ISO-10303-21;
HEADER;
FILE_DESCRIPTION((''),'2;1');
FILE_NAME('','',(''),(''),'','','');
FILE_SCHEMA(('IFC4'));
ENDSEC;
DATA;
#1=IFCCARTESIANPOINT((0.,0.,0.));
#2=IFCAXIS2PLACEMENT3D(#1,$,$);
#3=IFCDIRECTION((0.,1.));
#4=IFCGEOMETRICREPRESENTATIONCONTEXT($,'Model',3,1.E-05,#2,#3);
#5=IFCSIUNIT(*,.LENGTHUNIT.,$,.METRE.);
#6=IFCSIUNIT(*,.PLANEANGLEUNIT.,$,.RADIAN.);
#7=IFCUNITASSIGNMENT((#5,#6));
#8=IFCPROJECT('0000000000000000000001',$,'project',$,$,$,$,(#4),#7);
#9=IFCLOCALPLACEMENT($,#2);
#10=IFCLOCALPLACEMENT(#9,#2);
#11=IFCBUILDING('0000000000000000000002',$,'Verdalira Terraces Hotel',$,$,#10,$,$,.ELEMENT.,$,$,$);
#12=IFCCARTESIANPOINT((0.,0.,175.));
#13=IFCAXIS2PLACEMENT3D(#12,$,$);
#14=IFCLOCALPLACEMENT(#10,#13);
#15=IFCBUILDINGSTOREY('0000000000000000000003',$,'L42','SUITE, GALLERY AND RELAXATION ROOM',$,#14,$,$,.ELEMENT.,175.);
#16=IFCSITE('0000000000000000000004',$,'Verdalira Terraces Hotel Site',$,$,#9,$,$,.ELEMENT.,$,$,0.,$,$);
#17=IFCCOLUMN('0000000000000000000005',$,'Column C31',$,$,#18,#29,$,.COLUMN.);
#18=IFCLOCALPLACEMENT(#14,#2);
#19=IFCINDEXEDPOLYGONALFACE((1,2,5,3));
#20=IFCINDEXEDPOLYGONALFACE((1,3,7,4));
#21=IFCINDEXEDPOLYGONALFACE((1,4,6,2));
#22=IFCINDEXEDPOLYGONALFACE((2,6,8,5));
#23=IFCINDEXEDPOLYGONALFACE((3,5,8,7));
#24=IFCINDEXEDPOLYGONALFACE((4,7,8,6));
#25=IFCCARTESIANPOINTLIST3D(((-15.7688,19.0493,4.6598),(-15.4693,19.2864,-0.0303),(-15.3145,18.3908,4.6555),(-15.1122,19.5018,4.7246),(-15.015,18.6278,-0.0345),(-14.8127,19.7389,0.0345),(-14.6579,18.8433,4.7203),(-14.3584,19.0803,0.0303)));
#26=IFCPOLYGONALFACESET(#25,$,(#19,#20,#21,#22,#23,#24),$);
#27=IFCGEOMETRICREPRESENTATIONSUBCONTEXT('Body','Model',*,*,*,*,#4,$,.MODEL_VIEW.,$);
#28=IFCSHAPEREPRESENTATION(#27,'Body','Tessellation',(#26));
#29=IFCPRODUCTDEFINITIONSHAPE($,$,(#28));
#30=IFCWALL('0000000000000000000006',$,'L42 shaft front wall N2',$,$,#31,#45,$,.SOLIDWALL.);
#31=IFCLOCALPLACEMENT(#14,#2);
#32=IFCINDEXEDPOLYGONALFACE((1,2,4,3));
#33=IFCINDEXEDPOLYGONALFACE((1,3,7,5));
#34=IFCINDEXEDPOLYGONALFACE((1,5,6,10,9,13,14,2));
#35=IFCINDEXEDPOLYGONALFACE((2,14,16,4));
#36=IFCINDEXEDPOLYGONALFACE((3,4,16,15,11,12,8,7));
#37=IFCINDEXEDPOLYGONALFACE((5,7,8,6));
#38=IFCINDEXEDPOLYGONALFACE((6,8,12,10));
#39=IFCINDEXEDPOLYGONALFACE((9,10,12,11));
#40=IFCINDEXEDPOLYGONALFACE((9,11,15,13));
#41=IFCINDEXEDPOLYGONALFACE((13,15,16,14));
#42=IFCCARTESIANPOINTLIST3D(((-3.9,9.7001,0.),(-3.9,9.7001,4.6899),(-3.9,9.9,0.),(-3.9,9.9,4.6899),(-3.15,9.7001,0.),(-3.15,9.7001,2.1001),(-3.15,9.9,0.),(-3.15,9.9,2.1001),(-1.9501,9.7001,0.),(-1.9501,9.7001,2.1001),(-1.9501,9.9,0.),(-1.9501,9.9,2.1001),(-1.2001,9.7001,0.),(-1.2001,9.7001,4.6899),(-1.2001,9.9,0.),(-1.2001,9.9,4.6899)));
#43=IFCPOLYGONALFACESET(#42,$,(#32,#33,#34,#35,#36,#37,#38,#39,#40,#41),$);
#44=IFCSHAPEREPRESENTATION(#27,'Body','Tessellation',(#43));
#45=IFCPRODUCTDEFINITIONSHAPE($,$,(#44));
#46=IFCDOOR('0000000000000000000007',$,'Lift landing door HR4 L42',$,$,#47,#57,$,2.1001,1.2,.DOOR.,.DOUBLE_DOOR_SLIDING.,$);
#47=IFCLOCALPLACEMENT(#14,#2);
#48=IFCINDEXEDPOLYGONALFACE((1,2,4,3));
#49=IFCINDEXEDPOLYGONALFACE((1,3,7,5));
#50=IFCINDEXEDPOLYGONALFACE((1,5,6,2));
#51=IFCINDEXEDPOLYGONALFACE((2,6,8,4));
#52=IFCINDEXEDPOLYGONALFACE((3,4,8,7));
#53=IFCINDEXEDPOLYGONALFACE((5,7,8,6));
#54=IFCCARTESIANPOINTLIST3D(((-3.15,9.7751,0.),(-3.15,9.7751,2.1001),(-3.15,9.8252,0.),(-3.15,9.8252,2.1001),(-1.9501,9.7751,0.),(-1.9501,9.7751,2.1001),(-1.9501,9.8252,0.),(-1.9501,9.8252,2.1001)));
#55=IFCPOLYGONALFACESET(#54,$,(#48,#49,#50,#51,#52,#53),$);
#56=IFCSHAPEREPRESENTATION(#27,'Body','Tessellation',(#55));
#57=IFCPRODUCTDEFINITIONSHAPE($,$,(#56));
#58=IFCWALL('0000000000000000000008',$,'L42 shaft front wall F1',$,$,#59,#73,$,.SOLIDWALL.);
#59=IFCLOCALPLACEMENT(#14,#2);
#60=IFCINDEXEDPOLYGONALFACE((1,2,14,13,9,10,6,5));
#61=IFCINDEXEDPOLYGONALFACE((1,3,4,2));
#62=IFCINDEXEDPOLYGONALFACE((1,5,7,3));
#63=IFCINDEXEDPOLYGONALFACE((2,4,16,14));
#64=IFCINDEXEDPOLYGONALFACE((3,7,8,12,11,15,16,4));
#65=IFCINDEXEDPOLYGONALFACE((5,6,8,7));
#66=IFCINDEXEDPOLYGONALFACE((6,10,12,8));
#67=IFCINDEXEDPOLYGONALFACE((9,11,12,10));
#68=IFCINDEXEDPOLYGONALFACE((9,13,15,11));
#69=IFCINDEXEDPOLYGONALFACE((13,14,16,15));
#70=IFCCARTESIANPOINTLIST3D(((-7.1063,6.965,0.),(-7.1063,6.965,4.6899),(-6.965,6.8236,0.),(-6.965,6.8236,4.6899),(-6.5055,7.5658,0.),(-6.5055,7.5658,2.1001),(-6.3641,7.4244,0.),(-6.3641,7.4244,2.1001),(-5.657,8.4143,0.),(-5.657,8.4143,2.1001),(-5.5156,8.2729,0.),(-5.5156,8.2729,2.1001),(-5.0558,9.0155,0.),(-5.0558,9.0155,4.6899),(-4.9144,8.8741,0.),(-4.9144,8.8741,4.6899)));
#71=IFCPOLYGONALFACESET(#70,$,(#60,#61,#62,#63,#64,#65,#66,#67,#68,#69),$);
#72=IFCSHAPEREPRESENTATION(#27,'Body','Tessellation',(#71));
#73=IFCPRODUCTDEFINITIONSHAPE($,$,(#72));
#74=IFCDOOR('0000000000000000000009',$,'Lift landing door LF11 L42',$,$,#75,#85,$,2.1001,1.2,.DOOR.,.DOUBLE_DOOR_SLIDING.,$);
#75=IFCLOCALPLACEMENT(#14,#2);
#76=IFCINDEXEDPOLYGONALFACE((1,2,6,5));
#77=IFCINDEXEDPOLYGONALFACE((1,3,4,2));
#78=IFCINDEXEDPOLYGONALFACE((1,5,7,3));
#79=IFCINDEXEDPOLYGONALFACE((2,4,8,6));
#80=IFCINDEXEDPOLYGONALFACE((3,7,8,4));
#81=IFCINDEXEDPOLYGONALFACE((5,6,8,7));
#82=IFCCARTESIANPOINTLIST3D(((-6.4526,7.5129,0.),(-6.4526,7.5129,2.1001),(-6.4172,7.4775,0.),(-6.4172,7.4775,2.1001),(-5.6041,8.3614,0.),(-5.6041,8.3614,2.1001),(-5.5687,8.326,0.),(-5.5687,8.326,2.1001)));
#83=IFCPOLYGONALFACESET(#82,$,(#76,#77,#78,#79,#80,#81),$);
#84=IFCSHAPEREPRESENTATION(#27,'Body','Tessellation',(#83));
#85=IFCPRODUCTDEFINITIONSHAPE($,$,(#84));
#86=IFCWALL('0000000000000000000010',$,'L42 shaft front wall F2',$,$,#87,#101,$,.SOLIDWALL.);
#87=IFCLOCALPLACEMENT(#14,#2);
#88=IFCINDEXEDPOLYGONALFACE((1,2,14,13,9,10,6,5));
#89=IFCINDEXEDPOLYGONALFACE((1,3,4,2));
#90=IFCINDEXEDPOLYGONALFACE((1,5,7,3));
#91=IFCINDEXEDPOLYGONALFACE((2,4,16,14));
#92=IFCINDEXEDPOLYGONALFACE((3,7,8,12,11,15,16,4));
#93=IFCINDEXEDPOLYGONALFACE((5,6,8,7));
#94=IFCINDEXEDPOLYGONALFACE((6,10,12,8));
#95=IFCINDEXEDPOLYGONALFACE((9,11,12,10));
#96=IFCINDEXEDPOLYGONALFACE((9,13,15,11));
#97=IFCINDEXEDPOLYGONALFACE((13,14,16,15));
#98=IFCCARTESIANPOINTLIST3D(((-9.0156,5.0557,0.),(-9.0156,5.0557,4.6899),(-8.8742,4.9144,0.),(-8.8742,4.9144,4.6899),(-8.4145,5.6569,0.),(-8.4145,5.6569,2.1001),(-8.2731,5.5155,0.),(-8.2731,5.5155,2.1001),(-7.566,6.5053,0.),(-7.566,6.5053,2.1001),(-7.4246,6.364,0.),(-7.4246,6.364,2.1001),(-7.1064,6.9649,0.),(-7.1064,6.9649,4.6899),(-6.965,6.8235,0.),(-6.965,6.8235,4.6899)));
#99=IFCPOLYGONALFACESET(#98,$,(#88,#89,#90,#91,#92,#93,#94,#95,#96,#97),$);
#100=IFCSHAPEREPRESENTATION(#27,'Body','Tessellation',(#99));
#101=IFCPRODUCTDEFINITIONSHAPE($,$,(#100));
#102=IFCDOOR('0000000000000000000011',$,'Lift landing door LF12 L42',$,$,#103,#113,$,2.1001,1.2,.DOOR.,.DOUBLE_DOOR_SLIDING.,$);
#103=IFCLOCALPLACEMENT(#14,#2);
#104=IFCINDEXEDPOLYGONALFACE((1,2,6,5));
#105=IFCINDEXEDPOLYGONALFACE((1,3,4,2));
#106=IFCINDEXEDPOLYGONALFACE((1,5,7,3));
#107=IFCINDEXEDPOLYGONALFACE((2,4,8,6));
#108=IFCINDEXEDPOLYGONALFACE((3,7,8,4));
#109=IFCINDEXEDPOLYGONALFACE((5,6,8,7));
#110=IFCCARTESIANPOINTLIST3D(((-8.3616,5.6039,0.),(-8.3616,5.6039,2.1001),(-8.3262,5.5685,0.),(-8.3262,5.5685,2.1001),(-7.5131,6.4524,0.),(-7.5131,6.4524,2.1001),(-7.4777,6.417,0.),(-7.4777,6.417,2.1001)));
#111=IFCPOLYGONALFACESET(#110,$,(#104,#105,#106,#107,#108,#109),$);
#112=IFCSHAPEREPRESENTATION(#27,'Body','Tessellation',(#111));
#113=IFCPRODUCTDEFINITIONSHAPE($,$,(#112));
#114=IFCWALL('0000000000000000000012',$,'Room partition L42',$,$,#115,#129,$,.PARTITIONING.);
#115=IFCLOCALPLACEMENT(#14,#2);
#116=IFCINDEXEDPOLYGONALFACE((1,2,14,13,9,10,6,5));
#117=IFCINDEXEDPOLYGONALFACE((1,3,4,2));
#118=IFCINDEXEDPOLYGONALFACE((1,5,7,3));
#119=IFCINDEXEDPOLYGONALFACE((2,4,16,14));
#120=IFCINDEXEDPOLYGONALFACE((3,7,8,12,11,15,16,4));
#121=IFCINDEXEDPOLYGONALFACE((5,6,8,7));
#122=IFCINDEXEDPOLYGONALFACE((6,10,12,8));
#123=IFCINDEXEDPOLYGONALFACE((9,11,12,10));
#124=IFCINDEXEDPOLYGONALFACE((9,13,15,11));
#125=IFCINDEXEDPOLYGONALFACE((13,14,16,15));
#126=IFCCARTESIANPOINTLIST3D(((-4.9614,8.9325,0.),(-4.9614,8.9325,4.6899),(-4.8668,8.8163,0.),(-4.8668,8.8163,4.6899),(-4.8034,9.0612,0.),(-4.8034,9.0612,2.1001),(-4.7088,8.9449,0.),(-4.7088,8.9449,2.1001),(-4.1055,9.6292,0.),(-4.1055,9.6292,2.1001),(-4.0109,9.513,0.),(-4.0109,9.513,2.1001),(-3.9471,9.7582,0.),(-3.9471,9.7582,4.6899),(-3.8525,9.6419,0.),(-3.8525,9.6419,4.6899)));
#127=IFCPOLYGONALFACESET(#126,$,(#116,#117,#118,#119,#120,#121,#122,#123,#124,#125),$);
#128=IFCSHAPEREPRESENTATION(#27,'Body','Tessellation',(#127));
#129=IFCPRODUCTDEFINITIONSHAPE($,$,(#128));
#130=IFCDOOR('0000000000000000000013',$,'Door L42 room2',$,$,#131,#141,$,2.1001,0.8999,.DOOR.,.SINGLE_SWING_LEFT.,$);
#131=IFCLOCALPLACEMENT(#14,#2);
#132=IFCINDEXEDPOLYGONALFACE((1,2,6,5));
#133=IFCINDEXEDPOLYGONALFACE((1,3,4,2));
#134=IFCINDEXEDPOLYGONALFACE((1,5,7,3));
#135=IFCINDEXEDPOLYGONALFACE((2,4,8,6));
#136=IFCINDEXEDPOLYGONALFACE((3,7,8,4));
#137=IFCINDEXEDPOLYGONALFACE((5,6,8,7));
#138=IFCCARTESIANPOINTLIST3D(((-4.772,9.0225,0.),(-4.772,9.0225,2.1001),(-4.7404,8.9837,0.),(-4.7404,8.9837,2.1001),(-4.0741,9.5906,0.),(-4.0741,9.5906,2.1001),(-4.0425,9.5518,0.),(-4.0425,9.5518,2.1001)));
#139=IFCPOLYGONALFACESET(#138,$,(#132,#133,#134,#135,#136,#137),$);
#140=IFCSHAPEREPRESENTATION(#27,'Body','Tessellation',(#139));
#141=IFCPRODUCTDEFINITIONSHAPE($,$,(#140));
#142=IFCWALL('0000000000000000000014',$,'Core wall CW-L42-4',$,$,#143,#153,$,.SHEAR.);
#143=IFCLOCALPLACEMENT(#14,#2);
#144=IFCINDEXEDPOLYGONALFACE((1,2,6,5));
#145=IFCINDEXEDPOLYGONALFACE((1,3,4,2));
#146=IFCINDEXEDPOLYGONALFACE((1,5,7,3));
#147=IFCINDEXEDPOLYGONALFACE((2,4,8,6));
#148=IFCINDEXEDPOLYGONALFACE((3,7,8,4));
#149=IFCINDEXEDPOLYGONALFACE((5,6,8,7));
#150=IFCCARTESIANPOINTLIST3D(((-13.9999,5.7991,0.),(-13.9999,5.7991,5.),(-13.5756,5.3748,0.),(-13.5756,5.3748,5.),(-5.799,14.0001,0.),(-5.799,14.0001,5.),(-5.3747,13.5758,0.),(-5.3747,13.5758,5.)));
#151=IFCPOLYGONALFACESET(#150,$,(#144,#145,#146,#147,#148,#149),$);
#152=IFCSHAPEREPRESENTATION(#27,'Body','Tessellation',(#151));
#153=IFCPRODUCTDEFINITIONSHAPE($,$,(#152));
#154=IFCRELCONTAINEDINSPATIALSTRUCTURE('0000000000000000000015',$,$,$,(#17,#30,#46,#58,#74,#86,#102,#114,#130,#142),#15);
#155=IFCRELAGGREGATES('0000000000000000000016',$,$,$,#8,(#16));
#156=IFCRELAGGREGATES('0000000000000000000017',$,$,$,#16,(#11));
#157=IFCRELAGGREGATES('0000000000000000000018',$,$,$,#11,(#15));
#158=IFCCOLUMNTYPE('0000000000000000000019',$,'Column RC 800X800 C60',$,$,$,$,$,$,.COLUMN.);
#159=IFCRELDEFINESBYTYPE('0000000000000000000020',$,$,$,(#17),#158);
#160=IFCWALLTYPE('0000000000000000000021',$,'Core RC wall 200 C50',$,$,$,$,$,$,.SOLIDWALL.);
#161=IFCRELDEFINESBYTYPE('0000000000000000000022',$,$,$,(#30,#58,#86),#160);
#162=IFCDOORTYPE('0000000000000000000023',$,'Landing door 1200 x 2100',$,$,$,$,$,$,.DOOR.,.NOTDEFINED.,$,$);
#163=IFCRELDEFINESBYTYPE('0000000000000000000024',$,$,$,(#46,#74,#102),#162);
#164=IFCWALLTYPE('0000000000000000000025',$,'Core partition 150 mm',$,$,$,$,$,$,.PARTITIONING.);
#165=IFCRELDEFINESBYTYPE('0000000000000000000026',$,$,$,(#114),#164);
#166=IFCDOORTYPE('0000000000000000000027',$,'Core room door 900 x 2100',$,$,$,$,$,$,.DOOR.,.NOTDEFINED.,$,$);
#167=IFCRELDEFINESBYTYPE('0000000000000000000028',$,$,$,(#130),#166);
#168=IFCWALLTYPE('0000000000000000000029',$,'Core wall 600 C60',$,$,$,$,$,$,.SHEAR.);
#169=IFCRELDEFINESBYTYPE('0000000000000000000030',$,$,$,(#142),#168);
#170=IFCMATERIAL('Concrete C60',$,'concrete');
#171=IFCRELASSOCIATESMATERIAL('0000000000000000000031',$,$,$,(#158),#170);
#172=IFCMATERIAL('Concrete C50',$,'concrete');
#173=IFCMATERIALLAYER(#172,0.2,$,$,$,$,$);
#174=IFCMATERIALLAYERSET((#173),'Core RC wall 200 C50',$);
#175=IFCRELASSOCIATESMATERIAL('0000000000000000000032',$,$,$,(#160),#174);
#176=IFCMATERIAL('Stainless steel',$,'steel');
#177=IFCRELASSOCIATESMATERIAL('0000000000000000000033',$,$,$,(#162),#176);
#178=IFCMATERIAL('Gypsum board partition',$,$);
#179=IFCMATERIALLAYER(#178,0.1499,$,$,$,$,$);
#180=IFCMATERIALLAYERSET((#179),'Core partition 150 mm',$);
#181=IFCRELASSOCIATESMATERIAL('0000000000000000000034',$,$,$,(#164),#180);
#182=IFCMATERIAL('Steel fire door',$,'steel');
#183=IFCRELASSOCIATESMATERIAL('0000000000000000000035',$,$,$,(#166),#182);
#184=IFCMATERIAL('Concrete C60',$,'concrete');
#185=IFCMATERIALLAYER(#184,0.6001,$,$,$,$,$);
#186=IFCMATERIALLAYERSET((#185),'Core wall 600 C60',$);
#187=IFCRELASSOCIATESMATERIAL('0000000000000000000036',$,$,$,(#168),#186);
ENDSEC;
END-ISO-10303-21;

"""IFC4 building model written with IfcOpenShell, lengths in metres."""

from ifc_helpers import new_model, si_unit, direction, frame, frame_2d, origin, origin_2d, place, context, subcontext, project, spatial, rectangle, extrude, material, layer, layer_set, material_profile, profile_set, type_object, element, fill, save


model = new_model("IFC4")

# Units and contexts
model_context = context("Model", 3, precision=1e-05, world=origin(), true_north=direction((0.0, 1.0)))
body_context = subcontext(model_context, "Body", "Model", "MODEL_VIEW")
ifc_project = project(units=[si_unit("LENGTHUNIT", "METRE"), si_unit("PLANEANGLEUNIT", "RADIAN")], contexts=[model_context])

# Site, building, storey
site_placement = place(None, origin())
site = spatial("IfcSite", under=ifc_project, at=site_placement, Name="Verdalira Terraces Hotel Site", CompositionType="ELEMENT", RefElevation=0.0)
building_placement = place(site_placement, origin())
building = spatial("IfcBuilding", under=site, at=building_placement, Name="Verdalira Terraces Hotel", CompositionType="ELEMENT")
storey_placement = place(building_placement, frame((0.0, 0.0, 175.0)))
storey = spatial("IfcBuildingStorey", under=building, at=storey_placement, Name="L42", Description="SUITE, GALLERY AND RELAXATION ROOM", CompositionType="ELEMENT", Elevation=175.0)

# Column
ifc_material_1 = material(Name="Concrete C60", Category="concrete")
ifc_material_profile = material_profile(ifc_material_1, rectangle(XDim=0.8, YDim=0.8, at=origin_2d()), Name="RC 800X800")
ifc_profile_set = profile_set([ifc_material_profile], Name="Concrete C60")
column_type = type_object("IfcColumnType", Name="Column RC 800X800 C60", PredefinedType="COLUMN", material=ifc_profile_set)
column_placement = place(storey_placement, frame((-14.9138, 19.1834, 0.0), z_axis=(-0.063662, -0.05038, 0.996699), x_axis=(-0.567815, 0.823139, 0.005339)))
element("IfcColumn", 1, at=column_placement, inside=storey, type_object=column_type, Name="Column C31", PredefinedType="COLUMN", context=body_context, shape_type="SweptSolid", body=[
    extrude(rectangle(XDim=0.8, YDim=0.8, at=origin_2d()), origin(), (0.0, 0.0, 1.0), 4.7056),
])

# Walls, openings, doors
ifc_material_2 = material(Name="Concrete C50", Category="concrete")
ifc_layer_1 = layer(ifc_material_2, 0.2)
ifc_layer_set_1 = layer_set([ifc_layer_1], Name="Core RC wall 200 C50")
wall_type_1 = type_object("IfcWallType", Name="Core RC wall 200 C50", PredefinedType="SOLIDWALL", material=ifc_layer_set_1)
wall_1_placement = place(storey_placement, frame((-1.2, 9.8, 0.0), z_axis=(0.0, 0.0, 1.0), x_axis=(-1.0, 0.0, 0.0)))
wall_1 = element("IfcWall", 2, at=wall_1_placement, inside=storey, type_object=wall_type_1, Name="L42 shaft front wall N2", PredefinedType="SOLIDWALL", context=body_context, shape_type="SweptSolid", body=[
    extrude(rectangle(XDim=2.7, YDim=0.2, at=frame_2d((1.3501, 0.0))), origin(), (0.0, 0.0, 1.0), 4.6899),
])
opening_1_placement = place(wall_1_placement, frame((0.75, 0.0, 0.0)))
opening_1 = element("IfcOpeningElement", 3, at=opening_1_placement, cuts=wall_1, PredefinedType="OPENING", context=body_context, shape_type="SweptSolid", body=[
    extrude(rectangle(XDim=1.2, YDim=2.1001, at=frame_2d((0.6001, 1.05))), frame((0.0, 0.1099, 0.0), z_axis=(0.0, -1.0, 0.0), x_axis=(1.0, 0.0, 0.0)), (0.0, 0.0, 1.0), 0.22),
])
ifc_material_3 = material(Name="Stainless steel", Category="steel")
door_type_1 = type_object("IfcDoorType", Name="Landing door 1200 x 2100", OperationType="NOTDEFINED", PredefinedType="DOOR", material=ifc_material_3)
door_1_placement = place(opening_1_placement, origin())
door_1 = element("IfcDoor", 4, at=door_1_placement, inside=storey, type_object=door_type_1, Name="Lift landing door HR4 L42", OperationType="DOUBLE_DOOR_SLIDING", OverallHeight=2.1001, OverallWidth=1.2, PredefinedType="DOOR", context=body_context, shape_type="SweptSolid", body=[
    extrude(rectangle(XDim=1.2, YDim=2.1001, at=frame_2d((0.6001, 1.05))), frame((0.0, 0.0249, 0.0), z_axis=(0.0, -1.0, 0.0), x_axis=(1.0, 0.0, 0.0)), (0.0, 0.0, 1.0), 0.05),
])
fill(opening_1, door_1)
wall_2_placement = place(storey_placement, frame((-4.9851, 8.9448, 0.0), z_axis=(0.0, 0.0, 1.0), x_axis=(-0.707107, -0.707107, 0.0)))
wall_2 = element("IfcWall", 5, at=wall_2_placement, inside=storey, type_object=wall_type_1, Name="L42 shaft front wall F1", PredefinedType="SOLIDWALL", context=body_context, shape_type="SweptSolid", body=[
    extrude(rectangle(XDim=2.8999, YDim=0.2, at=frame_2d((1.45, 0.0))), origin(), (0.0, 0.0, 1.0), 4.6899),
])
opening_2_placement = place(wall_2_placement, frame((0.8501, 0.0, 0.0)))
opening_2 = element("IfcOpeningElement", 6, at=opening_2_placement, cuts=wall_2, PredefinedType="OPENING", context=body_context, shape_type="SweptSolid", body=[
    extrude(rectangle(XDim=1.2, YDim=2.1001, at=frame_2d((0.6001, 1.05))), frame((0.0, 0.1099, 0.0), z_axis=(0.0, -1.0, 0.0), x_axis=(1.0, 0.0, 0.0)), (0.0, 0.0, 1.0), 0.22),
])
door_2_placement = place(opening_2_placement, origin())
door_2 = element("IfcDoor", 7, at=door_2_placement, inside=storey, type_object=door_type_1, Name="Lift landing door LF11 L42", OperationType="DOUBLE_DOOR_SLIDING", OverallHeight=2.1001, OverallWidth=1.2, PredefinedType="DOOR", context=body_context, shape_type="SweptSolid", body=[
    extrude(rectangle(XDim=1.2, YDim=2.1001, at=frame_2d((0.6001, 1.05))), frame((0.0, 0.0249, 0.0), z_axis=(0.0, -1.0, 0.0), x_axis=(1.0, 0.0, 0.0)), (0.0, 0.0, 1.0), 0.05),
])
fill(opening_2, door_2)
wall_3_placement = place(storey_placement, frame((-7.0356, 6.8943, 0.0), z_axis=(0.0, 0.0, 1.0), x_axis=(-0.707107, -0.707107, 0.0)))
wall_3 = element("IfcWall", 8, at=wall_3_placement, inside=storey, type_object=wall_type_1, Name="L42 shaft front wall F2", PredefinedType="SOLIDWALL", context=body_context, shape_type="SweptSolid", body=[
    extrude(rectangle(XDim=2.7, YDim=0.2, at=frame_2d((1.3501, 0.0))), origin(), (0.0, 0.0, 1.0), 4.6899),
])
opening_3_placement = place(wall_3_placement, frame((0.6499, 0.0, 0.0)))
opening_3 = element("IfcOpeningElement", 9, at=opening_3_placement, cuts=wall_3, PredefinedType="OPENING", context=body_context, shape_type="SweptSolid", body=[
    extrude(rectangle(XDim=1.2, YDim=2.1001, at=frame_2d((0.6001, 1.05))), frame((0.0, 0.1099, 0.0), z_axis=(0.0, -1.0, 0.0), x_axis=(1.0, 0.0, 0.0)), (0.0, 0.0, 1.0), 0.22),
])
door_3_placement = place(opening_3_placement, origin())
door_3 = element("IfcDoor", 10, at=door_3_placement, inside=storey, type_object=door_type_1, Name="Lift landing door LF12 L42", OperationType="DOUBLE_DOOR_SLIDING", OverallHeight=2.1001, OverallWidth=1.2, PredefinedType="DOOR", context=body_context, shape_type="SweptSolid", body=[
    extrude(rectangle(XDim=1.2, YDim=2.1001, at=frame_2d((0.6001, 1.05))), frame((0.0, 0.0249, 0.0), z_axis=(0.0, -1.0, 0.0), x_axis=(1.0, 0.0, 0.0)), (0.0, 0.0, 1.0), 0.05),
])
fill(opening_3, door_3)
ifc_material_4 = material(Name="Gypsum board partition")
ifc_layer_2 = layer(ifc_material_4, 0.1499)
ifc_layer_set_2 = layer_set([ifc_layer_2], Name="Core partition 150 mm")
wall_type_2 = type_object("IfcWallType", Name="Core partition 150 mm", PredefinedType="PARTITIONING", material=ifc_layer_set_2)
wall_4_placement = place(storey_placement, frame((-3.8999, 9.7, 0.0), z_axis=(0.0, 0.0, 1.0), x_axis=(-0.77556, -0.631274, 0.0)))
wall_4 = element("IfcWall", 11, at=wall_4_placement, inside=storey, type_object=wall_type_2, Name="Room partition L42", PredefinedType="PARTITIONING", context=body_context, shape_type="SweptSolid", body=[
    extrude(rectangle(XDim=1.3079, YDim=0.1499, at=frame_2d((0.6538, 0.0))), origin(), (0.0, 0.0, 1.0), 4.6899),
])
opening_4_placement = place(wall_4_placement, frame((0.2041, 0.0, 0.0)))
opening_4 = element("IfcOpeningElement", 12, at=opening_4_placement, cuts=wall_4, PredefinedType="OPENING", context=body_context, shape_type="SweptSolid", body=[
    extrude(rectangle(XDim=0.8999, YDim=2.1001, at=frame_2d((0.45, 1.05))), frame((0.0, 0.085, 0.0), z_axis=(0.0, -1.0, 0.0), x_axis=(1.0, 0.0, 0.0)), (0.0, 0.0, 1.0), 0.1699),
])
ifc_material_5 = material(Name="Steel fire door", Category="steel")
door_type_2 = type_object("IfcDoorType", Name="Core room door 900 x 2100", OperationType="NOTDEFINED", PredefinedType="DOOR", material=ifc_material_5)
door_4_placement = place(opening_4_placement, origin())
door_4 = element("IfcDoor", 13, at=door_4_placement, inside=storey, type_object=door_type_2, Name="Door L42 room2", OperationType="SINGLE_SWING_LEFT", OverallHeight=2.1001, OverallWidth=0.8999, PredefinedType="DOOR", context=body_context, shape_type="SweptSolid", body=[
    extrude(rectangle(XDim=0.8999, YDim=2.1001, at=frame_2d((0.45, 1.05))), frame((0.0, 0.0249, 0.0), z_axis=(0.0, -1.0, 0.0), x_axis=(1.0, 0.0, 0.0)), (0.0, 0.0, 1.0), 0.05),
])
fill(opening_4, door_4)

# Wall
ifc_material_6 = material(Name="Concrete C60", Category="concrete")
ifc_layer_3 = layer(ifc_material_6, 0.6001)
ifc_layer_set_3 = layer_set([ifc_layer_3], Name="Core wall 600 C60")
wall_type_3 = type_object("IfcWallType", Name="Core wall 600 C60", PredefinedType="SHEAR", material=ifc_layer_set_3)
wall_5_placement = place(storey_placement, frame((-5.5869, 13.7878, 0.0), z_axis=(0.0, 0.0, 1.0), x_axis=(-0.707107, -0.707107, 0.0)))
element("IfcWall", 14, at=wall_5_placement, inside=storey, type_object=wall_type_3, Name="Core wall CW-L42-4", PredefinedType="SHEAR", context=body_context, shape_type="SweptSolid", body=[
    extrude(rectangle(XDim=11.5979, YDim=0.6001, at=frame_2d((5.7988, 0.0))), origin(), (0.0, 0.0, 1.0), 5.0),
])

save(model, "model.ifc")
